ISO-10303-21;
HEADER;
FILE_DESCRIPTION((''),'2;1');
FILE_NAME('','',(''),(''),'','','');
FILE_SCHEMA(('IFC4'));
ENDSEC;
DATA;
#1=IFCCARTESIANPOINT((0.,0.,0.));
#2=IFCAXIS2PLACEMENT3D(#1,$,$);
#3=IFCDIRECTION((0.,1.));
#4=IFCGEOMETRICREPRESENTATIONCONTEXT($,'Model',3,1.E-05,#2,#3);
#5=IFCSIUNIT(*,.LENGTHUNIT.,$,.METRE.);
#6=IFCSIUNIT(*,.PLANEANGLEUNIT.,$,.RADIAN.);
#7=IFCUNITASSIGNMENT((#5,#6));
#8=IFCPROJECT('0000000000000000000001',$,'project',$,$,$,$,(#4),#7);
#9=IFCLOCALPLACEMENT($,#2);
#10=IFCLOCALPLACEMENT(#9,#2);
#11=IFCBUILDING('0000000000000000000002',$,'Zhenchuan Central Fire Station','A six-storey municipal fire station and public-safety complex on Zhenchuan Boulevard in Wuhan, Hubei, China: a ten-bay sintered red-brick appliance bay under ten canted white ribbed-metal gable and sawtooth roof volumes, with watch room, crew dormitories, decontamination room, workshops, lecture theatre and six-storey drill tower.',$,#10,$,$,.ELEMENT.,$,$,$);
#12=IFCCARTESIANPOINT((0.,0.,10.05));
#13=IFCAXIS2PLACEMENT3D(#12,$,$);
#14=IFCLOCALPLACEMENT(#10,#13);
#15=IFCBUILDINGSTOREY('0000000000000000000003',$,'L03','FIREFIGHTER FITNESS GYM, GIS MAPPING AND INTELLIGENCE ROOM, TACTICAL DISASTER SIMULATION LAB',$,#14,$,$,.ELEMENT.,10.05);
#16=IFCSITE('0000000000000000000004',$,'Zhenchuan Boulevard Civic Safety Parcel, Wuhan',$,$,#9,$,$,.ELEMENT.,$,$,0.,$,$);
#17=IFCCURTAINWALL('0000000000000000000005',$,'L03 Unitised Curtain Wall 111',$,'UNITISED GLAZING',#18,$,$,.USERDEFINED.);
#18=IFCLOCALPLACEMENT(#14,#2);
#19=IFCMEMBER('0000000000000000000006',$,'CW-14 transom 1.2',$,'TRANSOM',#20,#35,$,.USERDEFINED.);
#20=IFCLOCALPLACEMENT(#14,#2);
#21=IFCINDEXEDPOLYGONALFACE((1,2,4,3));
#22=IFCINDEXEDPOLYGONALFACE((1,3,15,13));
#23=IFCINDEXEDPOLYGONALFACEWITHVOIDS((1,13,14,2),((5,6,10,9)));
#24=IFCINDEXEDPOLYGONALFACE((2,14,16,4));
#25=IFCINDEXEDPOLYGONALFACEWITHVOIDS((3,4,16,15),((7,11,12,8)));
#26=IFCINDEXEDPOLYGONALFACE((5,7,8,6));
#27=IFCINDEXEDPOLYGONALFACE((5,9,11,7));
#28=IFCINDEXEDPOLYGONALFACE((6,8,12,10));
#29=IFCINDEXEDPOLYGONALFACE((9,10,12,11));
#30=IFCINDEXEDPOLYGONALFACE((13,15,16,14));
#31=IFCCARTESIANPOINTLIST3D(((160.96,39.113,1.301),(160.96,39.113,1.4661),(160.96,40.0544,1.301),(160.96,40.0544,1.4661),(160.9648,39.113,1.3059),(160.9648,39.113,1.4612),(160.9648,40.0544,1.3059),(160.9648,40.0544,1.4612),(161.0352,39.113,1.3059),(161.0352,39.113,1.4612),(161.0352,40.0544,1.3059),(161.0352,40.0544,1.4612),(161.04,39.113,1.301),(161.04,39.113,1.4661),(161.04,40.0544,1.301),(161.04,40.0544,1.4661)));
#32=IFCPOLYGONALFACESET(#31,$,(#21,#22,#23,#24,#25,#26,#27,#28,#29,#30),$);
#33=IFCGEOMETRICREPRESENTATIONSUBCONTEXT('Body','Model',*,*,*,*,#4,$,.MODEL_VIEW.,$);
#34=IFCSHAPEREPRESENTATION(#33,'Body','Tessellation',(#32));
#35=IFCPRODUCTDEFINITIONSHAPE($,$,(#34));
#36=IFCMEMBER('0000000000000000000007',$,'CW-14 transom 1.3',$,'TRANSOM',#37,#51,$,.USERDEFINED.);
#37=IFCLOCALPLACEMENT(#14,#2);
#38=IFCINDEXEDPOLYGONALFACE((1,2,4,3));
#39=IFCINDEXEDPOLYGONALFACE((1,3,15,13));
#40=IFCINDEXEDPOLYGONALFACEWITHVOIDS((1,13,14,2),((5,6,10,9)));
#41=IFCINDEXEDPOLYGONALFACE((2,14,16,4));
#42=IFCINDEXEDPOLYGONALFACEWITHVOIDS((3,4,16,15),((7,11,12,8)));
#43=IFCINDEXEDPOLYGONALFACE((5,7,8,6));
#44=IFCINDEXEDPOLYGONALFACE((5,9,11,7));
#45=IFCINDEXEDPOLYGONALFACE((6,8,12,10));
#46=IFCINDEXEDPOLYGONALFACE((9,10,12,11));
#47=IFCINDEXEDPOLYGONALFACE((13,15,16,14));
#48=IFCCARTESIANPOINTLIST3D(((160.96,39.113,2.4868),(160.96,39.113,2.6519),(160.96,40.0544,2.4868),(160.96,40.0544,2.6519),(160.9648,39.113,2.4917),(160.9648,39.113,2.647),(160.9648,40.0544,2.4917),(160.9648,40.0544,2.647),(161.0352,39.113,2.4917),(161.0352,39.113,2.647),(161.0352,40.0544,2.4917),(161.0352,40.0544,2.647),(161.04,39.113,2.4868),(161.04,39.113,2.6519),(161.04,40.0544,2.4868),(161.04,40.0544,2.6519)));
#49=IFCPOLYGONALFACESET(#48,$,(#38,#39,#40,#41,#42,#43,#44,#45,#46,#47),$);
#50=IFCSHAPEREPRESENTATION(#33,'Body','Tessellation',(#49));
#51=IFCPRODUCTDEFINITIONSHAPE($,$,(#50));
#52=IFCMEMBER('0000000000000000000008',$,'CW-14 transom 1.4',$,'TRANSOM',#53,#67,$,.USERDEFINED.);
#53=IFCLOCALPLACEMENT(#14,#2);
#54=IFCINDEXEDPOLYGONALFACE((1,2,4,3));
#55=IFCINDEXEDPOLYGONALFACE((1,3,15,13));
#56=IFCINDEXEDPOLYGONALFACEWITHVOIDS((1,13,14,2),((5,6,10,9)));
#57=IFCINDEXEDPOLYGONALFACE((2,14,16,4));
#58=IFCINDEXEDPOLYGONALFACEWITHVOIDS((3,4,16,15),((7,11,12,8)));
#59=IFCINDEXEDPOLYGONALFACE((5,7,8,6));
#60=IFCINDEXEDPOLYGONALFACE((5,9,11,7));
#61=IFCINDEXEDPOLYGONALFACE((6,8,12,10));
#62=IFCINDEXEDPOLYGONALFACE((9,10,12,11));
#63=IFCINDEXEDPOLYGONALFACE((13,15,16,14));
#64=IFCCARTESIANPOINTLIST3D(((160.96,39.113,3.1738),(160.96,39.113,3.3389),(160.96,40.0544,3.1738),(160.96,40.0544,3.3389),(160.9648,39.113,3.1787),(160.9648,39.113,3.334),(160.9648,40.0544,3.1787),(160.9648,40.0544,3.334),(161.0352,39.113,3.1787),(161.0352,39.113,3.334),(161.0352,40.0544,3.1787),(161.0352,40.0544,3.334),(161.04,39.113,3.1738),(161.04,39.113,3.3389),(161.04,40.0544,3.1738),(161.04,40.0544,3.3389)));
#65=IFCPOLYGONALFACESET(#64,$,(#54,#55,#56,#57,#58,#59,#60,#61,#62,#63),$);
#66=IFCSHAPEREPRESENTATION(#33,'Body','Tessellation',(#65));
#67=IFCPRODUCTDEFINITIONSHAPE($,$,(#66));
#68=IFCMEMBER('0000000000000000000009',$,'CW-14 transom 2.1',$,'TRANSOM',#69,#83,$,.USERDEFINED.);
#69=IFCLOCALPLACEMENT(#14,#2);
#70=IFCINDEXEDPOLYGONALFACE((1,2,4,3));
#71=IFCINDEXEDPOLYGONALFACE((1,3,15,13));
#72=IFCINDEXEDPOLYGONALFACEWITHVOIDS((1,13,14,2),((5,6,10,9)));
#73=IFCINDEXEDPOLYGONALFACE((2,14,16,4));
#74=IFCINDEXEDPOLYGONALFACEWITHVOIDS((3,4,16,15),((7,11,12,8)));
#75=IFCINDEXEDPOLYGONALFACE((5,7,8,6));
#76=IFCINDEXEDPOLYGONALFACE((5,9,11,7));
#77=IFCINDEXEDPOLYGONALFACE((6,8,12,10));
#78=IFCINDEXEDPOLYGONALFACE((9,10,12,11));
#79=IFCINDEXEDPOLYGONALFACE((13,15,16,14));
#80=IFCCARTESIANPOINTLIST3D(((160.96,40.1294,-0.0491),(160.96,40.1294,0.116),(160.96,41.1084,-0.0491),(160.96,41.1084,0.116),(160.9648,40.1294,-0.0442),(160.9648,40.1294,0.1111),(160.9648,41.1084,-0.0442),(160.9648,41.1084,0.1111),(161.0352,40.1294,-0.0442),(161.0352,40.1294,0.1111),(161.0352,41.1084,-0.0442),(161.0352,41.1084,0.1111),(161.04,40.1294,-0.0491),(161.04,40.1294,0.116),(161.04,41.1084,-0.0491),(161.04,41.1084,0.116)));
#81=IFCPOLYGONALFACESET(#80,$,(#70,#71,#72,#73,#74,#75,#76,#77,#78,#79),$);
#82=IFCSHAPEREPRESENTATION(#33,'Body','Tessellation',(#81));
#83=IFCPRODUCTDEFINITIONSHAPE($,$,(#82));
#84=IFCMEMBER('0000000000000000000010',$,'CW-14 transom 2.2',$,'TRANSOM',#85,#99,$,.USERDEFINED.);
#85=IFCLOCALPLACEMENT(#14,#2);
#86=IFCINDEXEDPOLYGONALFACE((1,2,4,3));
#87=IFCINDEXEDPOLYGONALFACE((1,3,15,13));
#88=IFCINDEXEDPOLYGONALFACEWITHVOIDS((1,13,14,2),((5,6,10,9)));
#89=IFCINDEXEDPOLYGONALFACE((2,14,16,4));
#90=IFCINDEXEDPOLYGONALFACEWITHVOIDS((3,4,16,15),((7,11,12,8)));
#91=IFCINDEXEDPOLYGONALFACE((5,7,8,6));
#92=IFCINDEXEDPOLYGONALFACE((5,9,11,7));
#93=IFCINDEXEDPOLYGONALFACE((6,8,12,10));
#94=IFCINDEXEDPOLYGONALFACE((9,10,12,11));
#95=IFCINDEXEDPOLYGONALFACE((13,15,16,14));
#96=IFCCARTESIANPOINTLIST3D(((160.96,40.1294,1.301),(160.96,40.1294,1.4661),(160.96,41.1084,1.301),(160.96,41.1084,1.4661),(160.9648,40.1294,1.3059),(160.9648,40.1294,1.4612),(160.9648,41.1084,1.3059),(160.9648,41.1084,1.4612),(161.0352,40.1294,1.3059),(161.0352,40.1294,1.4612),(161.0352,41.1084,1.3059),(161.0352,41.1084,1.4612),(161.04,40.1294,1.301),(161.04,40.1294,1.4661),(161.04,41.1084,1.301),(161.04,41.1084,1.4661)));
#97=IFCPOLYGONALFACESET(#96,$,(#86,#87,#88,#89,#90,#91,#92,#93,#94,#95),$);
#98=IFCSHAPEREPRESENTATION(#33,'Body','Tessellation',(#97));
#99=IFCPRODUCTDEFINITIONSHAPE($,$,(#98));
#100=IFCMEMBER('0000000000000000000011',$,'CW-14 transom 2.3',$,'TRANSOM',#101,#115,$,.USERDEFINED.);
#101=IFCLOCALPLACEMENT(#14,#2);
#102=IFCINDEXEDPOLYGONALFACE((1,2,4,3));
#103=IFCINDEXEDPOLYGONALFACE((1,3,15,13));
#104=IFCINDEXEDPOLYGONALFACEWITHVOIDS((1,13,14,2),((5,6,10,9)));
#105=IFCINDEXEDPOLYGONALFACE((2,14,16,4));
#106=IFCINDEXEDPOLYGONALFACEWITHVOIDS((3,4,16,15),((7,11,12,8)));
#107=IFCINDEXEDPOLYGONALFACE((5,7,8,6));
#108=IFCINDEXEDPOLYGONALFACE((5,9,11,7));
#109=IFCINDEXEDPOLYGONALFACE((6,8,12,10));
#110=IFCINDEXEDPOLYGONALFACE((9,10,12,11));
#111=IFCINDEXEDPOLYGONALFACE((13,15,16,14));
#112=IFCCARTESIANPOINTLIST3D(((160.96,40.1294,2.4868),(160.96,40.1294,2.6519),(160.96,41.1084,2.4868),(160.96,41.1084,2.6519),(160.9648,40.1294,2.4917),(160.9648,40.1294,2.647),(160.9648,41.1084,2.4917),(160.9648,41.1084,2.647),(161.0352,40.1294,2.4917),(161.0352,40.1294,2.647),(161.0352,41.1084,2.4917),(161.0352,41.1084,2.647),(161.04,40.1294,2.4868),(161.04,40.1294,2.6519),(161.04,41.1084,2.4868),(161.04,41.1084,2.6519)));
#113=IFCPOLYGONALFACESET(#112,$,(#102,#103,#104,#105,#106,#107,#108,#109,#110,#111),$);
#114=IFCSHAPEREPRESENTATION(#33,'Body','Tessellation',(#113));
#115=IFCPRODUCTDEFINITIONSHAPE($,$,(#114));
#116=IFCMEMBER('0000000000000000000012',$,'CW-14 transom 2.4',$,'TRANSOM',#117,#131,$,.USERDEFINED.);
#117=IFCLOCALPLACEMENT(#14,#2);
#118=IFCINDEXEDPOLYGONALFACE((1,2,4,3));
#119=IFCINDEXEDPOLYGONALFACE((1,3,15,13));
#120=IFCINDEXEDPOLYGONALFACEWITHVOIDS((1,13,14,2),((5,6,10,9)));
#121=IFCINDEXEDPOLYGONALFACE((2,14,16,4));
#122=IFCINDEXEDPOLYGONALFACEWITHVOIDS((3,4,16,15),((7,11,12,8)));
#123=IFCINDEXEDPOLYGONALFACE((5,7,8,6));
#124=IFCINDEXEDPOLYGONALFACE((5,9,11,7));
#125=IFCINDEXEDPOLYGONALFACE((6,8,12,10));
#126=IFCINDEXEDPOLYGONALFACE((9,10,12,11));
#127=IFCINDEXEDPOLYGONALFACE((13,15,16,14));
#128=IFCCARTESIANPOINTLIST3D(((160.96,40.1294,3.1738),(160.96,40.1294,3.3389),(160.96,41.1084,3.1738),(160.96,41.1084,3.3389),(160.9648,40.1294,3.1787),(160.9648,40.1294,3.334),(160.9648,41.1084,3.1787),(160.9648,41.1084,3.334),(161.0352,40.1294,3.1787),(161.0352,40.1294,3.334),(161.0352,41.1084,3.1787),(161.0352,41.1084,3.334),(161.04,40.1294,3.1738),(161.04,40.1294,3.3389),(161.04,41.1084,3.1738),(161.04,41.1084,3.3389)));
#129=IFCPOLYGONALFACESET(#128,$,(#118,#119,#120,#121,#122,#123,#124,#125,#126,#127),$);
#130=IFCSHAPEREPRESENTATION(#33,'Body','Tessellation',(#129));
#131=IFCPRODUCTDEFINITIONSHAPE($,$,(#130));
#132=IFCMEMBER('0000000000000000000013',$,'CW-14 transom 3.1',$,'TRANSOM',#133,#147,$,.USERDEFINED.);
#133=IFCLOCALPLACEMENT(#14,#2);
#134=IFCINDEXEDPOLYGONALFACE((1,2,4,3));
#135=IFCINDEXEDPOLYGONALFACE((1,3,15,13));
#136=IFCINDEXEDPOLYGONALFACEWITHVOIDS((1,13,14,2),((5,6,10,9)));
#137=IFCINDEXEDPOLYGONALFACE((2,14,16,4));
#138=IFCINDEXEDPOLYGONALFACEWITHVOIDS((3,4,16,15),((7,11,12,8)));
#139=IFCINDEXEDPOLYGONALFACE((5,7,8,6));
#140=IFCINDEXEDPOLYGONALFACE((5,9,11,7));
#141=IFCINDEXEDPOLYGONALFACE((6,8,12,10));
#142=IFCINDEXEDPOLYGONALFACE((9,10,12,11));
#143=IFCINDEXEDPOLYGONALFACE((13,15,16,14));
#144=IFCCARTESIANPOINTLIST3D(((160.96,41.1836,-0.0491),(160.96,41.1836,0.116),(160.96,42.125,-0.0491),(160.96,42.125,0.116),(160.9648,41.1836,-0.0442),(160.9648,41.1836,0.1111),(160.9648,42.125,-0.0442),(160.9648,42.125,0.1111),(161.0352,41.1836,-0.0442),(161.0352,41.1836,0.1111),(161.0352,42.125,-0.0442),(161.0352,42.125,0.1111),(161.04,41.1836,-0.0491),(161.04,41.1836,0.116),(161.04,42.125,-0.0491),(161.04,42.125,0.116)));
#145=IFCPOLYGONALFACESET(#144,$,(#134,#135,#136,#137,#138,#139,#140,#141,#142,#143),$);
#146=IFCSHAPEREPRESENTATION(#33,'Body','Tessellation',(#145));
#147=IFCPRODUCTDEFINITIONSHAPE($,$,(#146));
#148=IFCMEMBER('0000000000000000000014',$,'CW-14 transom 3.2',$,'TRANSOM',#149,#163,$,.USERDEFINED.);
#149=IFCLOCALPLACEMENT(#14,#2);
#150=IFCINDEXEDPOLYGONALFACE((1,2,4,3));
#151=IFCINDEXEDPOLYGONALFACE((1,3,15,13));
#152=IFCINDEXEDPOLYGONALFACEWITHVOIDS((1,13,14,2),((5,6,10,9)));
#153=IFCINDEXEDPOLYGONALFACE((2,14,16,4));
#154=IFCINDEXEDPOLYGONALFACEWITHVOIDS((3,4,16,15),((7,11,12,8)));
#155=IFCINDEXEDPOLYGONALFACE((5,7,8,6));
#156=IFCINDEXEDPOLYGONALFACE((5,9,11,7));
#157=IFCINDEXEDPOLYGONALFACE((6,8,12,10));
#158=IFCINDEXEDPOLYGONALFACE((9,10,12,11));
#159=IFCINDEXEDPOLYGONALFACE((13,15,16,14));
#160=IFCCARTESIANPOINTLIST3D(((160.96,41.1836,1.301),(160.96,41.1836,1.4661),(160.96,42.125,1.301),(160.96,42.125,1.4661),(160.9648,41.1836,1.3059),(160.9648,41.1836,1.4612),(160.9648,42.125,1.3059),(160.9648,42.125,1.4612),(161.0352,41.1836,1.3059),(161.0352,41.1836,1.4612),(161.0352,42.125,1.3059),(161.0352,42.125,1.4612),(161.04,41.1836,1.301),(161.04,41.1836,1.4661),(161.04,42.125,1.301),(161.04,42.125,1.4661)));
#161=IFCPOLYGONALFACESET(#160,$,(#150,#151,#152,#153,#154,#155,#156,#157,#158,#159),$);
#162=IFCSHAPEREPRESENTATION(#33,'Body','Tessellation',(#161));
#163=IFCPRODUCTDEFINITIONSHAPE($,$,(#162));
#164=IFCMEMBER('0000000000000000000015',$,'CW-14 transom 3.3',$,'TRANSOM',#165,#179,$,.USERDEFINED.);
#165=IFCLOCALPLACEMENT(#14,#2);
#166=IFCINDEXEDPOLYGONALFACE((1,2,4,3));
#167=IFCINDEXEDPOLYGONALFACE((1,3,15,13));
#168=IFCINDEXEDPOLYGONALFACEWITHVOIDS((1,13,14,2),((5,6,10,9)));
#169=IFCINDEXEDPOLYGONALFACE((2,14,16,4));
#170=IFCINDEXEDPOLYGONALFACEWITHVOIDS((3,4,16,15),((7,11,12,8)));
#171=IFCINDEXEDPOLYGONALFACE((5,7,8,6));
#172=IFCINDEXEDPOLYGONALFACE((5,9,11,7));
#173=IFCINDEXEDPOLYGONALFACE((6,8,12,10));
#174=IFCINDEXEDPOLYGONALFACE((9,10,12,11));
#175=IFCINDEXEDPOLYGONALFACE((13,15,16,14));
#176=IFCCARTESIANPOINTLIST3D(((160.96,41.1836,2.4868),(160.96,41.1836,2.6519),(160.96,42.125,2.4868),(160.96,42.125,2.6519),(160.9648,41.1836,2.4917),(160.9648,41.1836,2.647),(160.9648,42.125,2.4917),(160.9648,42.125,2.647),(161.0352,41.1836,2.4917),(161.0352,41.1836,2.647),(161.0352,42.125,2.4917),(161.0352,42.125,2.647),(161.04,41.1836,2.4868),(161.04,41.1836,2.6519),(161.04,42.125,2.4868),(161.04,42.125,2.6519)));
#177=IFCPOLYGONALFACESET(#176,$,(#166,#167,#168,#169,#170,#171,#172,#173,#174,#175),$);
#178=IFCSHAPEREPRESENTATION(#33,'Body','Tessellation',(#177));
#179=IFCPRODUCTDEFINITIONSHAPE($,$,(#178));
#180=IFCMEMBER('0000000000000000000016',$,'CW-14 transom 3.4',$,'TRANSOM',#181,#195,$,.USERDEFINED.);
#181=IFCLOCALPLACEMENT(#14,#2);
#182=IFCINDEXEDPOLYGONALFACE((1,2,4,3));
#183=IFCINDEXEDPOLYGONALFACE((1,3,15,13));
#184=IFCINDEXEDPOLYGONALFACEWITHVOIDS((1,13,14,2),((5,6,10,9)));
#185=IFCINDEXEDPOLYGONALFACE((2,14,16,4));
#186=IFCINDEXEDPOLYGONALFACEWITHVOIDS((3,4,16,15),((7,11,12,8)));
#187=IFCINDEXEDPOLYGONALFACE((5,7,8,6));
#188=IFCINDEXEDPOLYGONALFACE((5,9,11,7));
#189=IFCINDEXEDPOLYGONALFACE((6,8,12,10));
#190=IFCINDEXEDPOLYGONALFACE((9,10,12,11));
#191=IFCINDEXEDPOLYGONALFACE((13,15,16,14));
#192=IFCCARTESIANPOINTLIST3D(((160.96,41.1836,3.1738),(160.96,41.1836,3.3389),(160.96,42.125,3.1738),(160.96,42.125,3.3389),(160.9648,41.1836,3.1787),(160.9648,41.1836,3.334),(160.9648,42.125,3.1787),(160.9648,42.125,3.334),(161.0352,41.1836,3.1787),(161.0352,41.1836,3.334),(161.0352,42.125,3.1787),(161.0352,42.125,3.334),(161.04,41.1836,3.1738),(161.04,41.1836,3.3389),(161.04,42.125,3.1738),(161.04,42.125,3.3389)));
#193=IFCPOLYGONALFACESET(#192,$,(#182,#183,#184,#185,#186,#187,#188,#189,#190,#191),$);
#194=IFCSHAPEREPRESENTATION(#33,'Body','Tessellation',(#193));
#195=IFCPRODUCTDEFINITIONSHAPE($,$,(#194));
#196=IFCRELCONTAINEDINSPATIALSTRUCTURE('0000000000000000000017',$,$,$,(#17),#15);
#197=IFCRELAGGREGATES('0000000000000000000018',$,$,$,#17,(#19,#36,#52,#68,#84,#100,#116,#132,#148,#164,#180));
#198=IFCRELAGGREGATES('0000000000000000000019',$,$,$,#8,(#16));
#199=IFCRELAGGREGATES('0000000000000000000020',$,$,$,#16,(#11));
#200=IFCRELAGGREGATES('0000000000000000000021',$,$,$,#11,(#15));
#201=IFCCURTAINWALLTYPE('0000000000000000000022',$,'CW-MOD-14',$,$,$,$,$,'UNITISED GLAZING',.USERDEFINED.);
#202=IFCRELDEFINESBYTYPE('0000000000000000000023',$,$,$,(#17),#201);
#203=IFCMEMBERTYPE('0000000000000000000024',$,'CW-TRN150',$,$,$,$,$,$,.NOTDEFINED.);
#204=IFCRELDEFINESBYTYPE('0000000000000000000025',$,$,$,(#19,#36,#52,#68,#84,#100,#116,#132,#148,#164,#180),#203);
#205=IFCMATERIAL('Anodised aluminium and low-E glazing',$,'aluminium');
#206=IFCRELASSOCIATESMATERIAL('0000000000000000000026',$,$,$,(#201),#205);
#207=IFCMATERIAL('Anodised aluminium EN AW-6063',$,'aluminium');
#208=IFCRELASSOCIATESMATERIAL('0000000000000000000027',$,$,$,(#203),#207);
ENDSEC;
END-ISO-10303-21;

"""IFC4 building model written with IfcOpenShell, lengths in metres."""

from ifc_helpers import new_model, si_unit, direction, frame, origin, origin_2d, place, context, subcontext, project, spatial, hollow_rectangle, extrude, material, material_profile, profile_set, type_object, element, aggregate, save


model = new_model("IFC4")

# Units and contexts
model_context = context("Model", 3, precision=1e-05, world=origin(), true_north=direction((0.0, 1.0)))
body_context = subcontext(model_context, "Body", "Model", "MODEL_VIEW")
ifc_project = project(units=[si_unit("LENGTHUNIT", "METRE"), si_unit("PLANEANGLEUNIT", "RADIAN")], contexts=[model_context])

# Site, building, storey
site_placement = place(None, origin())
site = spatial("IfcSite", under=ifc_project, at=site_placement, Name="Zhenchuan Boulevard Civic Safety Parcel, Wuhan", CompositionType="ELEMENT", RefElevation=0.0)
building_placement = place(site_placement, origin())
building = spatial("IfcBuilding", under=site, at=building_placement, Name="Zhenchuan Central Fire Station", Description="A six-storey municipal fire station and public-safety complex on Zhenchuan Boulevard in Wuhan, Hubei, China: a ten-bay sintered red-brick appliance bay under ten canted white ribbed-metal gable and sawtooth roof volumes, with watch room, crew dormitories, decontamination room, workshops, lecture theatre and six-storey drill tower.", CompositionType="ELEMENT")
storey_placement = place(building_placement, frame((0.0, 0.0, 10.05)))
storey = spatial("IfcBuildingStorey", under=building, at=storey_placement, Name="L03", Description="FIREFIGHTER FITNESS GYM, GIS MAPPING AND INTELLIGENCE ROOM, TACTICAL DISASTER SIMULATION LAB", CompositionType="ELEMENT", Elevation=10.05)

# Curtain wall
ifc_material_1 = material(Name="Anodised aluminium and low-E glazing", Category="aluminium")
ifc_material_2 = material(Name="Anodised aluminium EN AW-6063", Category="aluminium")
curtain_wall_type_1 = type_object("IfcCurtainWallType", Name="CW-MOD-14", ElementType="UNITISED GLAZING", PredefinedType="USERDEFINED", material=ifc_material_1)
curtain_wall_1_placement = place(storey_placement, origin())
curtain_wall_1 = element("IfcCurtainWall", 1, at=curtain_wall_1_placement, inside=storey, type_object=curtain_wall_type_1, Name="L03 Unitised Curtain Wall 111", ObjectType="UNITISED GLAZING", PredefinedType="USERDEFINED")

# Members
ifc_material_profile_1 = material_profile(ifc_material_2, hollow_rectangle(XDim=0.0801, YDim=0.165, WallThickness=0.0049, at=origin_2d()), Name="ALU-T 165x80")
ifc_profile_set_1 = profile_set([ifc_material_profile_1], Name="Anodised aluminium EN AW-6063")
member_type_1 = type_object("IfcMemberType", Name="CW-TRN150", PredefinedType="NOTDEFINED", material=ifc_profile_set_1)
member_1_placement = place(storey_placement, frame((161.0, 39.113, 1.3835), z_axis=(0.0, 1.0, 0.0), x_axis=(-1.0, 0.0, 0.0)))
member_1 = element("IfcMember", 2, at=member_1_placement, type_object=member_type_1, Name="CW-14 transom 1.2", ObjectType="TRANSOM", PredefinedType="USERDEFINED", context=body_context, shape_type="SweptSolid", body=[
    extrude(hollow_rectangle(XDim=0.0801, YDim=0.165, WallThickness=0.0049, at=origin_2d()), origin(), (0.0, 0.0, 1.0), 0.9414),
])
member_2_placement = place(storey_placement, frame((161.0, 39.113, 2.5693), z_axis=(0.0, 1.0, 0.0), x_axis=(-1.0, 0.0, 0.0)))
member_2 = element("IfcMember", 3, at=member_2_placement, type_object=member_type_1, Name="CW-14 transom 1.3", ObjectType="TRANSOM", PredefinedType="USERDEFINED", context=body_context, shape_type="SweptSolid", body=[
    extrude(hollow_rectangle(XDim=0.0801, YDim=0.165, WallThickness=0.0049, at=origin_2d()), origin(), (0.0, 0.0, 1.0), 0.9414),
])
member_3_placement = place(storey_placement, frame((161.0, 39.113, 3.2563), z_axis=(0.0, 1.0, 0.0), x_axis=(-1.0, 0.0, 0.0)))
member_3 = element("IfcMember", 4, at=member_3_placement, type_object=member_type_1, Name="CW-14 transom 1.4", ObjectType="TRANSOM", PredefinedType="USERDEFINED", context=body_context, shape_type="SweptSolid", body=[
    extrude(hollow_rectangle(XDim=0.0801, YDim=0.165, WallThickness=0.0049, at=origin_2d()), origin(), (0.0, 0.0, 1.0), 0.9414),
])
member_4_placement = place(storey_placement, frame((161.0, 40.1294, 0.0334), z_axis=(0.0, 1.0, 0.0), x_axis=(-1.0, 0.0, 0.0)))
member_4 = element("IfcMember", 5, at=member_4_placement, type_object=member_type_1, Name="CW-14 transom 2.1", ObjectType="TRANSOM", PredefinedType="USERDEFINED", context=body_context, shape_type="SweptSolid", body=[
    extrude(hollow_rectangle(XDim=0.0801, YDim=0.165, WallThickness=0.0049, at=origin_2d()), origin(), (0.0, 0.0, 1.0), 0.979),
])
member_5_placement = place(storey_placement, frame((161.0, 40.1294, 1.3835), z_axis=(0.0, 1.0, 0.0), x_axis=(-1.0, 0.0, 0.0)))
member_5 = element("IfcMember", 6, at=member_5_placement, type_object=member_type_1, Name="CW-14 transom 2.2", ObjectType="TRANSOM", PredefinedType="USERDEFINED", context=body_context, shape_type="SweptSolid", body=[
    extrude(hollow_rectangle(XDim=0.0801, YDim=0.165, WallThickness=0.0049, at=origin_2d()), origin(), (0.0, 0.0, 1.0), 0.979),
])
member_6_placement = place(storey_placement, frame((161.0, 40.1294, 2.5693), z_axis=(0.0, 1.0, 0.0), x_axis=(-1.0, 0.0, 0.0)))
member_6 = element("IfcMember", 7, at=member_6_placement, type_object=member_type_1, Name="CW-14 transom 2.3", ObjectType="TRANSOM", PredefinedType="USERDEFINED", context=body_context, shape_type="SweptSolid", body=[
    extrude(hollow_rectangle(XDim=0.0801, YDim=0.165, WallThickness=0.0049, at=origin_2d()), origin(), (0.0, 0.0, 1.0), 0.979),
])
member_7_placement = place(storey_placement, frame((161.0, 40.1294, 3.2563), z_axis=(0.0, 1.0, 0.0), x_axis=(-1.0, 0.0, 0.0)))
member_7 = element("IfcMember", 8, at=member_7_placement, type_object=member_type_1, Name="CW-14 transom 2.4", ObjectType="TRANSOM", PredefinedType="USERDEFINED", context=body_context, shape_type="SweptSolid", body=[
    extrude(hollow_rectangle(XDim=0.0801, YDim=0.165, WallThickness=0.0049, at=origin_2d()), origin(), (0.0, 0.0, 1.0), 0.979),
])
member_8_placement = place(storey_placement, frame((161.0, 41.1836, 0.0334), z_axis=(0.0, 1.0, 0.0), x_axis=(-1.0, 0.0, 0.0)))
member_8 = element("IfcMember", 9, at=member_8_placement, type_object=member_type_1, Name="CW-14 transom 3.1", ObjectType="TRANSOM", PredefinedType="USERDEFINED", context=body_context, shape_type="SweptSolid", body=[
    extrude(hollow_rectangle(XDim=0.0801, YDim=0.165, WallThickness=0.0049, at=origin_2d()), origin(), (0.0, 0.0, 1.0), 0.9414),
])
member_9_placement = place(storey_placement, frame((161.0, 41.1836, 1.3835), z_axis=(0.0, 1.0, 0.0), x_axis=(-1.0, 0.0, 0.0)))
member_9 = element("IfcMember", 10, at=member_9_placement, type_object=member_type_1, Name="CW-14 transom 3.2", ObjectType="TRANSOM", PredefinedType="USERDEFINED", context=body_context, shape_type="SweptSolid", body=[
    extrude(hollow_rectangle(XDim=0.0801, YDim=0.165, WallThickness=0.0049, at=origin_2d()), origin(), (0.0, 0.0, 1.0), 0.9414),
])
member_10_placement = place(storey_placement, frame((161.0, 41.1836, 2.5693), z_axis=(0.0, 1.0, 0.0), x_axis=(-1.0, 0.0, 0.0)))
member_10 = element("IfcMember", 11, at=member_10_placement, type_object=member_type_1, Name="CW-14 transom 3.3", ObjectType="TRANSOM", PredefinedType="USERDEFINED", context=body_context, shape_type="SweptSolid", body=[
    extrude(hollow_rectangle(XDim=0.0801, YDim=0.165, WallThickness=0.0049, at=origin_2d()), origin(), (0.0, 0.0, 1.0), 0.9414),
])
member_11_placement = place(storey_placement, frame((161.0, 41.1836, 3.2563), z_axis=(0.0, 1.0, 0.0), x_axis=(-1.0, 0.0, 0.0)))
member_11 = element("IfcMember", 12, at=member_11_placement, type_object=member_type_1, Name="CW-14 transom 3.4", ObjectType="TRANSOM", PredefinedType="USERDEFINED", context=body_context, shape_type="SweptSolid", body=[
    extrude(hollow_rectangle(XDim=0.0801, YDim=0.165, WallThickness=0.0049, at=origin_2d()), origin(), (0.0, 0.0, 1.0), 0.9414),
])

aggregate(curtain_wall_1, [member_1, member_2, member_3, member_4, member_5, member_6, member_7, member_8, member_9, member_10, member_11])

save(model, "model.ifc")
